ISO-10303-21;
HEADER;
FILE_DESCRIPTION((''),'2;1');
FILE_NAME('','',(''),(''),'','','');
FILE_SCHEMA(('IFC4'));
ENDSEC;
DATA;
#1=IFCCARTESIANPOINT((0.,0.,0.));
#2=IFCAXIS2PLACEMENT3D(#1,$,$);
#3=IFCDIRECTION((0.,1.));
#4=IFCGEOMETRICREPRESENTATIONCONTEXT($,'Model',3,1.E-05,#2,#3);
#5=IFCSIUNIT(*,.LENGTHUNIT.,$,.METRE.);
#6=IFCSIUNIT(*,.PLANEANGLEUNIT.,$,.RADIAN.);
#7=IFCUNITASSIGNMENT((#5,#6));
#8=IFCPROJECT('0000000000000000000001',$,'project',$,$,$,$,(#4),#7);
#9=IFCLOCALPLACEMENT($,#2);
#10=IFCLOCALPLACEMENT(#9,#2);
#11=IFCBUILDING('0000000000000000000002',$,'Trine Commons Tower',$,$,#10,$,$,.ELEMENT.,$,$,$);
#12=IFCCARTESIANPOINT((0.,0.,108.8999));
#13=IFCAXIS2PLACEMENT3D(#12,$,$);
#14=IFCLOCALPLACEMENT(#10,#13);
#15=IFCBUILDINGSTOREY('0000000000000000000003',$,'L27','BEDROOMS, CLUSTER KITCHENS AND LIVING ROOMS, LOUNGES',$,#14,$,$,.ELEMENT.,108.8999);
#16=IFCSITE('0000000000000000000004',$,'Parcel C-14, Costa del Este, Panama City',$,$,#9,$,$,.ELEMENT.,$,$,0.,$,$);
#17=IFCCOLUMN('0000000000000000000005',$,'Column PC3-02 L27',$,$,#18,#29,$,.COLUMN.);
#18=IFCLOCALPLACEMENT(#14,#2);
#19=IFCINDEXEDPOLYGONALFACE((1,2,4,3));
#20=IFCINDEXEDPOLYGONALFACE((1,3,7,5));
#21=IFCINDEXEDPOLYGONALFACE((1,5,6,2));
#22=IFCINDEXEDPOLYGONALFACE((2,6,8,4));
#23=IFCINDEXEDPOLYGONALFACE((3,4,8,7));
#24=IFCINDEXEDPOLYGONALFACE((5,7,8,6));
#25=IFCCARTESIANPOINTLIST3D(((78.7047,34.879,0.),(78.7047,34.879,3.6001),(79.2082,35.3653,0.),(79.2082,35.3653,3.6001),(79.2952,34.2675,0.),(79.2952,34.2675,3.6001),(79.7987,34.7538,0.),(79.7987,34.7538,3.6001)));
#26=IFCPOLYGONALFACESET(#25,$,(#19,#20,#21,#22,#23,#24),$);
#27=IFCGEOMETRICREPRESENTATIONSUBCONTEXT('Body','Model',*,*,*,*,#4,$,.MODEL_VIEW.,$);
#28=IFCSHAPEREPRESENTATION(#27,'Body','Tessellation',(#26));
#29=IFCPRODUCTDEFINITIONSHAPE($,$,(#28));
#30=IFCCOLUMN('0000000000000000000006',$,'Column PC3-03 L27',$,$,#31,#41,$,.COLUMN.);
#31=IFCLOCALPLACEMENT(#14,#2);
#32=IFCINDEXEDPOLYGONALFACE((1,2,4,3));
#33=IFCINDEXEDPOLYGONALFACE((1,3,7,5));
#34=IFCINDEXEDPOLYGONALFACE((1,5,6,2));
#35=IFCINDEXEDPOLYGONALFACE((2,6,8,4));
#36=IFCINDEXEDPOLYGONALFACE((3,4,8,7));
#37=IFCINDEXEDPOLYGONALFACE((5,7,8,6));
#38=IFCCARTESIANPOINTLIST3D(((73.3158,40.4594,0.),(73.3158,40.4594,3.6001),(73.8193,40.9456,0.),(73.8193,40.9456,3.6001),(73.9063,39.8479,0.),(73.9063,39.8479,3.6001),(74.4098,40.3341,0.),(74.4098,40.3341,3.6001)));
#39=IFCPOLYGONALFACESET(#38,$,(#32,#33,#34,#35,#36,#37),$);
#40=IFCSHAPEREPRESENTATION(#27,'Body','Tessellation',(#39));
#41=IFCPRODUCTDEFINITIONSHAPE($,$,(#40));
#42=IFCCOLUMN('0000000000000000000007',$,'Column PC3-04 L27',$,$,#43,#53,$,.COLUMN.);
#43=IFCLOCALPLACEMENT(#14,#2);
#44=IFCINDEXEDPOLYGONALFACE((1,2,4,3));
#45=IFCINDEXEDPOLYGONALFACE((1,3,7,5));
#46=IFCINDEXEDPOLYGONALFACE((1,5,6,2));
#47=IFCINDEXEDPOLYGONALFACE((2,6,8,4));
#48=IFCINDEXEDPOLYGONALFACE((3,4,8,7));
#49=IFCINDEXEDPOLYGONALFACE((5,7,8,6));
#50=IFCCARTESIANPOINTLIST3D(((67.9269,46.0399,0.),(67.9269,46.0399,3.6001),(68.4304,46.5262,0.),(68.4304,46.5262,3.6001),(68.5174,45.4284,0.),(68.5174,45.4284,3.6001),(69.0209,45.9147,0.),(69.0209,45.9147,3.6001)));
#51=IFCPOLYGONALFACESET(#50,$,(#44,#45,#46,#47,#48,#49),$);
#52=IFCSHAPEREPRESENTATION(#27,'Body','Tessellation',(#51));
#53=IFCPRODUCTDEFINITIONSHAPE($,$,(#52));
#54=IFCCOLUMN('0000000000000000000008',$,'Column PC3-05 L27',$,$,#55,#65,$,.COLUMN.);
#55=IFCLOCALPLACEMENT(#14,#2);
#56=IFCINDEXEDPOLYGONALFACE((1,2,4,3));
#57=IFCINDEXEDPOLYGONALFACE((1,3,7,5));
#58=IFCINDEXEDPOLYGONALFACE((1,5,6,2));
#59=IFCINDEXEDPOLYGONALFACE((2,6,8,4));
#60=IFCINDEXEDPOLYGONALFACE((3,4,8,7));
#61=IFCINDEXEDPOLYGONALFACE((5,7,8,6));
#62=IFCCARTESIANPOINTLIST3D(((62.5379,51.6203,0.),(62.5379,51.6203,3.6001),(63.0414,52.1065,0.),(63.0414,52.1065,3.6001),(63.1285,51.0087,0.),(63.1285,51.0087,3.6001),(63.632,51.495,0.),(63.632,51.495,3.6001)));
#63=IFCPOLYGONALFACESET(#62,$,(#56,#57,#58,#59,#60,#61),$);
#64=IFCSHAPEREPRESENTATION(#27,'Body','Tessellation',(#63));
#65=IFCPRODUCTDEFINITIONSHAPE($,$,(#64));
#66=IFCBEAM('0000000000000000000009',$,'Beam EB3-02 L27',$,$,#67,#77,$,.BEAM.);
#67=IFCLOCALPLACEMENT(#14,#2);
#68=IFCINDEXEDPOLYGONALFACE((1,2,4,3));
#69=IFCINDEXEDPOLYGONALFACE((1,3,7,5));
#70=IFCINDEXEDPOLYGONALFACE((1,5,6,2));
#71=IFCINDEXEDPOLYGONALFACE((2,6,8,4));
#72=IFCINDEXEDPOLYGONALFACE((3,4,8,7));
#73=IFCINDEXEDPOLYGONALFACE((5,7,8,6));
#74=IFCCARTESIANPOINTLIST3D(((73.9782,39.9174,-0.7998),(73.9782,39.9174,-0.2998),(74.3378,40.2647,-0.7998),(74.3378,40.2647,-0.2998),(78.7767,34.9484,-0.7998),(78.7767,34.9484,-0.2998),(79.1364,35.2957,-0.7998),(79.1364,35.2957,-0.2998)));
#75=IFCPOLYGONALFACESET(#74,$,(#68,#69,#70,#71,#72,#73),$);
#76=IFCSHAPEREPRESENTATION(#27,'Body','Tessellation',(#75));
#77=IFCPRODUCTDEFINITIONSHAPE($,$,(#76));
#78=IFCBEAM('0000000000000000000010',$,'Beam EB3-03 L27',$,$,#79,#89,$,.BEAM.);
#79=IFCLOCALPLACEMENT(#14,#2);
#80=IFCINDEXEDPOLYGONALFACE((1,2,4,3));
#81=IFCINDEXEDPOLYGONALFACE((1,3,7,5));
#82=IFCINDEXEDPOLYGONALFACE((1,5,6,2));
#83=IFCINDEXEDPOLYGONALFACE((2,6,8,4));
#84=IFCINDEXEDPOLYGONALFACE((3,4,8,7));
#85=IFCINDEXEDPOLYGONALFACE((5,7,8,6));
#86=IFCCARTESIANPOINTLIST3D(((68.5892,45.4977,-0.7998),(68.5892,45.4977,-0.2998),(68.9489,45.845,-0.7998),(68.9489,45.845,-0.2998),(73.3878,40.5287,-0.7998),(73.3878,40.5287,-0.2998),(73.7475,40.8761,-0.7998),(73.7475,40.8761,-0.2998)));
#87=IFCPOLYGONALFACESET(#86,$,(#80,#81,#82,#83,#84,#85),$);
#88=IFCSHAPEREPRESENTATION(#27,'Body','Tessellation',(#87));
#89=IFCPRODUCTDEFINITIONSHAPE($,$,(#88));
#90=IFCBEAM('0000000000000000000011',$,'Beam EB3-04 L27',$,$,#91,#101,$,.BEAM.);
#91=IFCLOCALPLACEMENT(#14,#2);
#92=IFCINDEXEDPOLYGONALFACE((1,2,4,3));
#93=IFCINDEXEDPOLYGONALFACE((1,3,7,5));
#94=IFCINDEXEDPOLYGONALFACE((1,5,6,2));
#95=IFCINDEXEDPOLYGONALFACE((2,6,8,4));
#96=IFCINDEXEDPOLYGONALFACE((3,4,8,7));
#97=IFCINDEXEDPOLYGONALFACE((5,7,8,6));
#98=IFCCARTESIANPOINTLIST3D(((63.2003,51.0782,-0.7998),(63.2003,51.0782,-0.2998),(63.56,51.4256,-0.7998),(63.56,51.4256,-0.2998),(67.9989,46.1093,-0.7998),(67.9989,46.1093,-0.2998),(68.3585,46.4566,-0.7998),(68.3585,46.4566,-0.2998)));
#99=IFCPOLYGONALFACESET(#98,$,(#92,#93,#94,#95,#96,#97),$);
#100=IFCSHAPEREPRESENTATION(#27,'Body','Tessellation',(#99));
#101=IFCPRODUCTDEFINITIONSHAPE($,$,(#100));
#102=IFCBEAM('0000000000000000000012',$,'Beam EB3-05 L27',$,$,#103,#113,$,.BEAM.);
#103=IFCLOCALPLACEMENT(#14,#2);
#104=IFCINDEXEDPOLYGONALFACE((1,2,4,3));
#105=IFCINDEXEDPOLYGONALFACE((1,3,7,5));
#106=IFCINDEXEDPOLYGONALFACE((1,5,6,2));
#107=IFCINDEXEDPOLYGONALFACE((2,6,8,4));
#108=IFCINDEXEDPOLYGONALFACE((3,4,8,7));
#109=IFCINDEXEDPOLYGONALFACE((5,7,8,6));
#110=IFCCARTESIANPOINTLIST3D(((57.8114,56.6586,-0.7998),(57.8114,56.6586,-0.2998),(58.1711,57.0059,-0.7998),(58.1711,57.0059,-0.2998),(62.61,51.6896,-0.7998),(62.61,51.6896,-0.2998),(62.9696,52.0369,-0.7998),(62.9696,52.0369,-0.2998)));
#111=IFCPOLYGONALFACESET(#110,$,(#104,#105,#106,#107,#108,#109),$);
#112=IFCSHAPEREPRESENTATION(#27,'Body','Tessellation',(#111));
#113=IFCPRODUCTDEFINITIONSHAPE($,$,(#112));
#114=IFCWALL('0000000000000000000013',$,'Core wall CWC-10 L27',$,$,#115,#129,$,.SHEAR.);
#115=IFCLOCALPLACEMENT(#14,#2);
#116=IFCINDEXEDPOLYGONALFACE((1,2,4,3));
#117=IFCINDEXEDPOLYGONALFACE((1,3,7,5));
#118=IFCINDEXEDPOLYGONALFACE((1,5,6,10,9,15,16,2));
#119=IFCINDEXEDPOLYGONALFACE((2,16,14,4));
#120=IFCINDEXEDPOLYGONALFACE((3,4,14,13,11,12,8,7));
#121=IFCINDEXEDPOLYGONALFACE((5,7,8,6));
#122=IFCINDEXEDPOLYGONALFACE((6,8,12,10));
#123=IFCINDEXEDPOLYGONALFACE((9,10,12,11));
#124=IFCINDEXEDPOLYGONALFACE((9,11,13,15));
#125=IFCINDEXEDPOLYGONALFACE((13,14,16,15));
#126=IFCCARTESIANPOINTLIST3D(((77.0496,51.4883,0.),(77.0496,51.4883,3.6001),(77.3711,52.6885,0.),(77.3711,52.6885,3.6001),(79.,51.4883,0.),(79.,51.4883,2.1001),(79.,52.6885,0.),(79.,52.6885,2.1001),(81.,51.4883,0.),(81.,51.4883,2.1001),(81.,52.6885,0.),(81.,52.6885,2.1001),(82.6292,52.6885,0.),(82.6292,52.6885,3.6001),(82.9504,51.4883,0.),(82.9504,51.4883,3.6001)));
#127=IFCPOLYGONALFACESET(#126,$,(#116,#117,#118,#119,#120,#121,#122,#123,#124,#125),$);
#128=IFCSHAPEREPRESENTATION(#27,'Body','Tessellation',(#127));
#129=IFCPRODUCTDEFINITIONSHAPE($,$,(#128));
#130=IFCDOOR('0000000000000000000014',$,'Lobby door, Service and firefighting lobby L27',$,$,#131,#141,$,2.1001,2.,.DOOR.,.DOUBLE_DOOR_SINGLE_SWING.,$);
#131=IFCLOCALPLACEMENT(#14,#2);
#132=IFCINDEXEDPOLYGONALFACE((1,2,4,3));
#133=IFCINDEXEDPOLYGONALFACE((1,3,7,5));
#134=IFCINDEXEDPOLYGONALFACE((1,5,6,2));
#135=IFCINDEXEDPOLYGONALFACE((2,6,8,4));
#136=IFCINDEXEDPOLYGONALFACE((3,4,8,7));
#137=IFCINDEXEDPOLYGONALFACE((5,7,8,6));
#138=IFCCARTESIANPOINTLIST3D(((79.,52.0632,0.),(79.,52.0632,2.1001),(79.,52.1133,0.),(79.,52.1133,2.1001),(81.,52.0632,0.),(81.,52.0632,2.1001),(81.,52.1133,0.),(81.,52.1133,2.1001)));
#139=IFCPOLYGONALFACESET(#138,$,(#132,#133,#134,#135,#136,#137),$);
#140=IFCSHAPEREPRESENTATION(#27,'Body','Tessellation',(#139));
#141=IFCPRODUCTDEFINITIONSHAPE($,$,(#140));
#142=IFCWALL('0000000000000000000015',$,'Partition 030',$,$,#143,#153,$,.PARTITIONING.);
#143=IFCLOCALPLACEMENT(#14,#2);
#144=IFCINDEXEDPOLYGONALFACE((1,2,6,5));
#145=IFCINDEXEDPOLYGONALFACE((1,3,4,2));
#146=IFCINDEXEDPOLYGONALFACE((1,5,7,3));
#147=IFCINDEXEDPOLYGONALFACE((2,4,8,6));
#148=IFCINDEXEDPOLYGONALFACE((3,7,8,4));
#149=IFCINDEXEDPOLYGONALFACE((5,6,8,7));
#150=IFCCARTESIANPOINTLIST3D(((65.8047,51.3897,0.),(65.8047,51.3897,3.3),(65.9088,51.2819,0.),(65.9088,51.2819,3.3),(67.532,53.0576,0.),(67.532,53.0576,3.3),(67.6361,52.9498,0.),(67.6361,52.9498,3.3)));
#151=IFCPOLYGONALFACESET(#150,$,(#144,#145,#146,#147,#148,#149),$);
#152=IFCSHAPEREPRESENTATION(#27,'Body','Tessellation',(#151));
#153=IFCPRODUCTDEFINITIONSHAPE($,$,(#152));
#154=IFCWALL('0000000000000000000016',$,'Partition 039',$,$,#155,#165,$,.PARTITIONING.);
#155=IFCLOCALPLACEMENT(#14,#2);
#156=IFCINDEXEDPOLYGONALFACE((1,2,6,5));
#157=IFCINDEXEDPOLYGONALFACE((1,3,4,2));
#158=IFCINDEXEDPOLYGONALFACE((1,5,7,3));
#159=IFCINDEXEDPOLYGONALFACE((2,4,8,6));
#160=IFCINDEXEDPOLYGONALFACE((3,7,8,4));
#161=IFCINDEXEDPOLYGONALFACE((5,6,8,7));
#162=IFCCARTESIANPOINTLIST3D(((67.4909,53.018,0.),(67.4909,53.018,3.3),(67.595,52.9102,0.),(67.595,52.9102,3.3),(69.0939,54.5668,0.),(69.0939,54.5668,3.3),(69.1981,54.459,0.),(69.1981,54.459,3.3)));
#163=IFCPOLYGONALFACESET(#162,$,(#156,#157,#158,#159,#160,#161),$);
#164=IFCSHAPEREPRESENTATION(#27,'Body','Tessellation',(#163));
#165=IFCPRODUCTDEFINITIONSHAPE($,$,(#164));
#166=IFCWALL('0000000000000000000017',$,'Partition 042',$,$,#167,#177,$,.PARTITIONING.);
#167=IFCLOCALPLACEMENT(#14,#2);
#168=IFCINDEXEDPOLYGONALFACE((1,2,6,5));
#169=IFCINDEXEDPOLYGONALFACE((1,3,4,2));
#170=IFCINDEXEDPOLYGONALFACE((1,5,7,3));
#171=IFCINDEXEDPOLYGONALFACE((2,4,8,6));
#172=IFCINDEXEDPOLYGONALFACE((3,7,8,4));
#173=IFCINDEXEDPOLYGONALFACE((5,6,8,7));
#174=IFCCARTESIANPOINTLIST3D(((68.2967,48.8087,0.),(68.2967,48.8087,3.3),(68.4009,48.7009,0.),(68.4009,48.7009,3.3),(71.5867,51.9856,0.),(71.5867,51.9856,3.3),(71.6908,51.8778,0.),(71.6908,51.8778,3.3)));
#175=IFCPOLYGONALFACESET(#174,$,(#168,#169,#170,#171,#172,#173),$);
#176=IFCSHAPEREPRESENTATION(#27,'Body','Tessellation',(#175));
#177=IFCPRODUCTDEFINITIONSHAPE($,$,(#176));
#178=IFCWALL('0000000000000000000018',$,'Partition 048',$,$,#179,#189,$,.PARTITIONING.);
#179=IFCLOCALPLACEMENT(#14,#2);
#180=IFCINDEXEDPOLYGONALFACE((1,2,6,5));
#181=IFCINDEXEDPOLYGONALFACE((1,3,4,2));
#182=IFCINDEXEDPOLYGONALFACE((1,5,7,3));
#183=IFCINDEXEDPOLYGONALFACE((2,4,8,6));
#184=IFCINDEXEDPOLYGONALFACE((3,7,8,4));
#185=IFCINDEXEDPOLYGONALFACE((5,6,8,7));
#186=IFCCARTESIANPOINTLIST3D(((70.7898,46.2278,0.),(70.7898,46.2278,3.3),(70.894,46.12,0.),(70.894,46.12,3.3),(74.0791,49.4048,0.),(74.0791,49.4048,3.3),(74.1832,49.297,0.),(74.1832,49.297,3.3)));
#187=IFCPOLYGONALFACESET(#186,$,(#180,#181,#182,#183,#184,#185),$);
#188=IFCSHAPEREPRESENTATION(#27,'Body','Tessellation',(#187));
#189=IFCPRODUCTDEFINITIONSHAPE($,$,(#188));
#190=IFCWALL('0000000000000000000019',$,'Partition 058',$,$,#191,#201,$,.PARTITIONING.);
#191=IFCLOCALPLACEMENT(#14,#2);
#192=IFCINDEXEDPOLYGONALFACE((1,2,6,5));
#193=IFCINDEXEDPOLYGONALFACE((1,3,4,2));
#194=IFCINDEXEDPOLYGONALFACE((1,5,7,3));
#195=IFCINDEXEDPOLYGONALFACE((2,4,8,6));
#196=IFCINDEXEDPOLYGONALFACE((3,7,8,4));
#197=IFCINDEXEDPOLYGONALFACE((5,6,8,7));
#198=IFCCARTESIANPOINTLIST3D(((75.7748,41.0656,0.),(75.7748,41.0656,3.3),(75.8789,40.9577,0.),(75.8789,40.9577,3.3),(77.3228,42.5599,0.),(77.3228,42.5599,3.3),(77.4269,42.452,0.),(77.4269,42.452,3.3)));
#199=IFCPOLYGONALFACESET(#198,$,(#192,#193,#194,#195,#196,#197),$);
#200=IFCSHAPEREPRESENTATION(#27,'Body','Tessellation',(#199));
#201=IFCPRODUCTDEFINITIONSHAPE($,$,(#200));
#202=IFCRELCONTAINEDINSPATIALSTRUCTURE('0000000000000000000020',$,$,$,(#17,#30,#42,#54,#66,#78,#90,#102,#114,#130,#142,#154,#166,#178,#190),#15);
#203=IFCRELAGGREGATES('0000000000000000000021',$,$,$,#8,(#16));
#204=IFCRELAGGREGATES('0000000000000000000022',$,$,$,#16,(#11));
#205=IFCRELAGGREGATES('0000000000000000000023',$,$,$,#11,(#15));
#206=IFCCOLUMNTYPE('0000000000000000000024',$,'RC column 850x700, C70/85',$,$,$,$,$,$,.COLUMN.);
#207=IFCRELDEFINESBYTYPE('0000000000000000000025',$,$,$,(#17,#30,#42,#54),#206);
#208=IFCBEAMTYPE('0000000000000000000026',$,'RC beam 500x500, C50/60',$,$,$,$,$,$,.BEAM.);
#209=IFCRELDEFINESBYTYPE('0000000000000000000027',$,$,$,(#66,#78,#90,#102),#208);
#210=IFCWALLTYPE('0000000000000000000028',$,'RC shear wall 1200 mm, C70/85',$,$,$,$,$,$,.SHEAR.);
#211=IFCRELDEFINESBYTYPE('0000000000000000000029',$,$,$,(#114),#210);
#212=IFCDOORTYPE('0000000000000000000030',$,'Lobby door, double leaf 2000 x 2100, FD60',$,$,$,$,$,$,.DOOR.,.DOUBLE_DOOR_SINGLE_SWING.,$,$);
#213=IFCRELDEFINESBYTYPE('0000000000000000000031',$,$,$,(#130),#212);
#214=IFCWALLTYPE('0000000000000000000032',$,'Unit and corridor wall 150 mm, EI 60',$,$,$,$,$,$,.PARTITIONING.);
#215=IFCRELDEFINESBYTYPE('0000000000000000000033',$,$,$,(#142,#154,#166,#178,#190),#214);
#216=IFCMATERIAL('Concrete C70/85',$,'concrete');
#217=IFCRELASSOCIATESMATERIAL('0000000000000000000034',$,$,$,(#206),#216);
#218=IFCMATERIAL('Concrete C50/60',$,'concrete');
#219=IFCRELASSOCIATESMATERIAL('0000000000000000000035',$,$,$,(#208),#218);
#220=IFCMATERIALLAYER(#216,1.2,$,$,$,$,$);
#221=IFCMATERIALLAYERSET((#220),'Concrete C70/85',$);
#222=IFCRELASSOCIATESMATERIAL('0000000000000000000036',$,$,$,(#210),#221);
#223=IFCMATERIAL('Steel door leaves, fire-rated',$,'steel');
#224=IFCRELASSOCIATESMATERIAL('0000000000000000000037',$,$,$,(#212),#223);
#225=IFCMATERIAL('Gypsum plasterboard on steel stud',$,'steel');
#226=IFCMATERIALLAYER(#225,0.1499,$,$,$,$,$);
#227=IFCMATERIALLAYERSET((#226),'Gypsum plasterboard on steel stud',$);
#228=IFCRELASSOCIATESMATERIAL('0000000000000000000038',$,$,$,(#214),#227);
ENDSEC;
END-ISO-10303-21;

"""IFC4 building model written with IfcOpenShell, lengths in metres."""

from ifc_helpers import new_model, si_unit, direction, frame, frame_2d, origin, origin_2d, place, context, subcontext, project, spatial, polyline, rectangle, outline, extrude, material, layer, layer_set, material_profile, profile_set, type_object, element, fill, save


model = new_model("IFC4")

# Units and contexts
model_context = context("Model", 3, precision=1e-05, world=origin(), true_north=direction((0.0, 1.0)))
body_context = subcontext(model_context, "Body", "Model", "MODEL_VIEW")
ifc_project = project(units=[si_unit("LENGTHUNIT", "METRE"), si_unit("PLANEANGLEUNIT", "RADIAN")], contexts=[model_context])

# Site, building, storey
site_placement = place(None, origin())
site = spatial("IfcSite", under=ifc_project, at=site_placement, Name="Parcel C-14, Costa del Este, Panama City", CompositionType="ELEMENT", RefElevation=0.0)
building_placement = place(site_placement, origin())
building = spatial("IfcBuilding", under=site, at=building_placement, Name="Trine Commons Tower", CompositionType="ELEMENT")
storey_placement = place(building_placement, frame((0.0, 0.0, 108.8999)))
storey = spatial("IfcBuildingStorey", under=building, at=storey_placement, Name="L27", Description="BEDROOMS, CLUSTER KITCHENS AND LIVING ROOMS, LOUNGES", CompositionType="ELEMENT", Elevation=108.8999)

# Columns
ifc_material_1 = material(Name="Concrete C70/85", Category="concrete")
ifc_material_profile_1 = material_profile(ifc_material_1, rectangle(XDim=0.8501, YDim=0.7, at=origin_2d()), Name="RC 850x700")
ifc_profile_set_1 = profile_set([ifc_material_profile_1], Name="Concrete C70/85")
column_type = type_object("IfcColumnType", Name="RC column 850x700, C70/85", PredefinedType="COLUMN", material=ifc_profile_set_1)
for number, where, z_axis, x_axis, name in (
    (1, (79.2517, 34.8164, 0.0), (0.0, 0.0, 1.0), (-0.694658, 0.71934, 0.0), "Column PC3-02 L27"),
    (2, (73.8628, 40.3967, 0.0), (0.0, 0.0, 1.0), (-0.694658, 0.71934, 0.0), "Column PC3-03 L27"),
    (3, (68.4739, 45.9773, 0.0), (0.0, 0.0, 1.0), (-0.694658, 0.71934, 0.0), "Column PC3-04 L27"),
    (4, (63.085, 51.5576, 0.0), (0.0, 0.0, 1.0), (-0.694658, 0.71934, 0.0), "Column PC3-05 L27"),
):
    element("IfcColumn", number, at=place(storey_placement, frame(where, z_axis=z_axis, x_axis=x_axis)), inside=storey, type_object=column_type, Name=name, PredefinedType="COLUMN", context=body_context, shape_type="SweptSolid", body=[
        extrude(rectangle(XDim=0.8501, YDim=0.7, at=origin_2d()), origin(), (0.0, 0.0, 1.0), 3.6001),
    ])

# Beams
ifc_material_2 = material(Name="Concrete C50/60", Category="concrete")
ifc_material_profile_2 = material_profile(ifc_material_2, rectangle(XDim=0.5, YDim=0.5, at=origin_2d()), Name="RC 500x500")
ifc_profile_set_2 = profile_set([ifc_material_profile_2], Name="Concrete C50/60")
beam_type = type_object("IfcBeamType", Name="RC beam 500x500, C50/60", PredefinedType="BEAM", material=ifc_profile_set_2)
for number, where, z_axis, x_axis, name in (
    (5, (78.9565, 35.1221, -0.5498), (-0.694665, 0.719334, 0.0), (-0.719334, -0.694665, 0.0), "Beam EB3-02 L27"),
    (6, (73.5676, 40.7024, -0.5498), (-0.694665, 0.719334, 0.0), (-0.719334, -0.694665, 0.0), "Beam EB3-03 L27"),
    (7, (68.1787, 46.283, -0.5498), (-0.694665, 0.719334, 0.0), (-0.719334, -0.694665, 0.0), "Beam EB3-04 L27"),
    (8, (62.7898, 51.8633, -0.5498), (-0.694665, 0.719334, 0.0), (-0.719334, -0.694665, 0.0), "Beam EB3-05 L27"),
):
    element("IfcBeam", number, at=place(storey_placement, frame(where, z_axis=z_axis, x_axis=x_axis)), inside=storey, type_object=beam_type, Name=name, PredefinedType="BEAM", context=body_context, shape_type="SweptSolid", body=[
        extrude(rectangle(XDim=0.5, YDim=0.5, at=origin_2d()), origin(), (0.0, 0.0, 1.0), 6.9077),
    ])

# Wall, opening, door
ifc_layer_1 = layer(ifc_material_1, 1.2)
ifc_layer_set_1 = layer_set([ifc_layer_1], Name="Concrete C70/85")
wall_type_1 = type_object("IfcWallType", Name="RC shear wall 1200 mm, C70/85", PredefinedType="SHEAR", material=ifc_layer_set_1)
wall_1_placement = place(storey_placement, frame((77.0496, 52.0884, 0.0), z_axis=(0.0, 0.0, 1.0), x_axis=(1.0, 0.0, 0.0)))
wall_1 = element("IfcWall", 9, at=wall_1_placement, inside=storey, type_object=wall_type_1, Name="Core wall CWC-10 L27", PredefinedType="SHEAR", context=body_context, shape_type="SweptSolid", body=[
    extrude(outline(polyline([(0.0, -0.6001), (5.9009, -0.6001), (5.5796, 0.6001), (0.3215, 0.6001), (0.0, -0.6001)])), origin(), (0.0, 0.0, 1.0), 3.6001),
])
opening_1_placement = place(wall_1_placement, frame((1.9504, 0.0, 0.0)))
opening_1 = element("IfcOpeningElement", 10, at=opening_1_placement, cuts=wall_1, PredefinedType="OPENING", context=body_context, shape_type="SweptSolid", body=[
    extrude(rectangle(XDim=2.0, YDim=2.1001, at=frame_2d((1.0, 1.05))), frame((0.0, 0.6099, 0.0), z_axis=(0.0, -1.0, 0.0), x_axis=(1.0, 0.0, 0.0)), (0.0, 0.0, 1.0), 1.22),
])
ifc_material_3 = material(Name="Steel door leaves, fire-rated", Category="steel")
door_type_1 = type_object("IfcDoorType", Name="Lobby door, double leaf 2000 x 2100, FD60", OperationType="DOUBLE_DOOR_SINGLE_SWING", PredefinedType="DOOR", material=ifc_material_3)
door_1_placement = place(opening_1_placement, origin())
door_1 = element("IfcDoor", 11, at=door_1_placement, inside=storey, type_object=door_type_1, Name="Lobby door, Service and firefighting lobby L27", OperationType="DOUBLE_DOOR_SINGLE_SWING", OverallHeight=2.1001, OverallWidth=2.0, PredefinedType="DOOR", context=body_context, shape_type="SweptSolid", body=[
    extrude(rectangle(XDim=2.0, YDim=2.1001, at=frame_2d((1.0, 1.05))), frame((0.0, 0.0249, 0.0), z_axis=(0.0, -1.0, 0.0), x_axis=(1.0, 0.0, 0.0)), (0.0, 0.0, 1.0), 0.05),
])
fill(opening_1, door_1)

# Walls
ifc_material_4 = material(Name="Gypsum plasterboard on steel stud", Category="steel")
ifc_layer_2 = layer(ifc_material_4, 0.1499)
ifc_layer_set_2 = layer_set([ifc_layer_2], Name="Gypsum plasterboard on steel stud")
wall_type_2 = type_object("IfcWallType", Name="Unit and corridor wall 150 mm, EI 60", PredefinedType="PARTITIONING", material=ifc_layer_set_2)
wall_2_placement = place(storey_placement, frame((65.8567, 51.3357, 0.0), z_axis=(0.0, 0.0, 1.0), x_axis=(0.719352, 0.694645, 0.0)))
element("IfcWall", 12, at=wall_2_placement, inside=storey, type_object=wall_type_2, Name="Partition 030", PredefinedType="PARTITIONING", context=body_context, shape_type="SweptSolid", body=[
    extrude(rectangle(XDim=2.4011, YDim=0.1499, at=frame_2d((1.2007, 0.0))), origin(), (0.0, 0.0, 1.0), 3.3),
])
wall_3_placement = place(storey_placement, frame((67.543, 52.9641, 0.0), z_axis=(0.0, 0.0, 1.0), x_axis=(0.71916, 0.694845, 0.0)))
element("IfcWall", 13, at=wall_3_placement, inside=storey, type_object=wall_type_2, Name="Partition 039", PredefinedType="PARTITIONING", context=body_context, shape_type="SweptSolid", body=[
    extrude(rectangle(XDim=2.229, YDim=0.1499, at=frame_2d((1.1145, 0.0))), origin(), (0.0, 0.0, 1.0), 3.3),
])
wall_4_placement = place(storey_placement, frame((68.3489, 48.7549, 0.0), z_axis=(0.0, 0.0, 1.0), x_axis=(0.719356, 0.694641, 0.0)))
element("IfcWall", 14, at=wall_4_placement, inside=storey, type_object=wall_type_2, Name="Partition 042", PredefinedType="PARTITIONING", context=body_context, shape_type="SweptSolid", body=[
    extrude(rectangle(XDim=4.5735, YDim=0.1499, at=frame_2d((2.2866, 0.0))), origin(), (0.0, 0.0, 1.0), 3.3),
])
wall_5_placement = place(storey_placement, frame((70.8418, 46.1738, 0.0), z_axis=(0.0, 0.0, 1.0), x_axis=(0.719279, 0.694721, 0.0)))
element("IfcWall", 15, at=wall_5_placement, inside=storey, type_object=wall_type_2, Name="Partition 048", PredefinedType="PARTITIONING", context=body_context, shape_type="SweptSolid", body=[
    extrude(rectangle(XDim=4.573, YDim=0.1499, at=frame_2d((2.2866, 0.0))), origin(), (0.0, 0.0, 1.0), 3.3),
])
wall_6_placement = place(storey_placement, frame((75.8269, 41.0117, 0.0), z_axis=(0.0, 0.0, 1.0), x_axis=(0.719478, 0.694516, 0.0)))
element("IfcWall", 16, at=wall_6_placement, inside=storey, type_object=wall_type_2, Name="Partition 058", PredefinedType="PARTITIONING", context=body_context, shape_type="SweptSolid", body=[
    extrude(rectangle(XDim=2.1516, YDim=0.1499, at=frame_2d((1.0757, 0.0))), origin(), (0.0, 0.0, 1.0), 3.3),
])

save(model, "model.ifc")
